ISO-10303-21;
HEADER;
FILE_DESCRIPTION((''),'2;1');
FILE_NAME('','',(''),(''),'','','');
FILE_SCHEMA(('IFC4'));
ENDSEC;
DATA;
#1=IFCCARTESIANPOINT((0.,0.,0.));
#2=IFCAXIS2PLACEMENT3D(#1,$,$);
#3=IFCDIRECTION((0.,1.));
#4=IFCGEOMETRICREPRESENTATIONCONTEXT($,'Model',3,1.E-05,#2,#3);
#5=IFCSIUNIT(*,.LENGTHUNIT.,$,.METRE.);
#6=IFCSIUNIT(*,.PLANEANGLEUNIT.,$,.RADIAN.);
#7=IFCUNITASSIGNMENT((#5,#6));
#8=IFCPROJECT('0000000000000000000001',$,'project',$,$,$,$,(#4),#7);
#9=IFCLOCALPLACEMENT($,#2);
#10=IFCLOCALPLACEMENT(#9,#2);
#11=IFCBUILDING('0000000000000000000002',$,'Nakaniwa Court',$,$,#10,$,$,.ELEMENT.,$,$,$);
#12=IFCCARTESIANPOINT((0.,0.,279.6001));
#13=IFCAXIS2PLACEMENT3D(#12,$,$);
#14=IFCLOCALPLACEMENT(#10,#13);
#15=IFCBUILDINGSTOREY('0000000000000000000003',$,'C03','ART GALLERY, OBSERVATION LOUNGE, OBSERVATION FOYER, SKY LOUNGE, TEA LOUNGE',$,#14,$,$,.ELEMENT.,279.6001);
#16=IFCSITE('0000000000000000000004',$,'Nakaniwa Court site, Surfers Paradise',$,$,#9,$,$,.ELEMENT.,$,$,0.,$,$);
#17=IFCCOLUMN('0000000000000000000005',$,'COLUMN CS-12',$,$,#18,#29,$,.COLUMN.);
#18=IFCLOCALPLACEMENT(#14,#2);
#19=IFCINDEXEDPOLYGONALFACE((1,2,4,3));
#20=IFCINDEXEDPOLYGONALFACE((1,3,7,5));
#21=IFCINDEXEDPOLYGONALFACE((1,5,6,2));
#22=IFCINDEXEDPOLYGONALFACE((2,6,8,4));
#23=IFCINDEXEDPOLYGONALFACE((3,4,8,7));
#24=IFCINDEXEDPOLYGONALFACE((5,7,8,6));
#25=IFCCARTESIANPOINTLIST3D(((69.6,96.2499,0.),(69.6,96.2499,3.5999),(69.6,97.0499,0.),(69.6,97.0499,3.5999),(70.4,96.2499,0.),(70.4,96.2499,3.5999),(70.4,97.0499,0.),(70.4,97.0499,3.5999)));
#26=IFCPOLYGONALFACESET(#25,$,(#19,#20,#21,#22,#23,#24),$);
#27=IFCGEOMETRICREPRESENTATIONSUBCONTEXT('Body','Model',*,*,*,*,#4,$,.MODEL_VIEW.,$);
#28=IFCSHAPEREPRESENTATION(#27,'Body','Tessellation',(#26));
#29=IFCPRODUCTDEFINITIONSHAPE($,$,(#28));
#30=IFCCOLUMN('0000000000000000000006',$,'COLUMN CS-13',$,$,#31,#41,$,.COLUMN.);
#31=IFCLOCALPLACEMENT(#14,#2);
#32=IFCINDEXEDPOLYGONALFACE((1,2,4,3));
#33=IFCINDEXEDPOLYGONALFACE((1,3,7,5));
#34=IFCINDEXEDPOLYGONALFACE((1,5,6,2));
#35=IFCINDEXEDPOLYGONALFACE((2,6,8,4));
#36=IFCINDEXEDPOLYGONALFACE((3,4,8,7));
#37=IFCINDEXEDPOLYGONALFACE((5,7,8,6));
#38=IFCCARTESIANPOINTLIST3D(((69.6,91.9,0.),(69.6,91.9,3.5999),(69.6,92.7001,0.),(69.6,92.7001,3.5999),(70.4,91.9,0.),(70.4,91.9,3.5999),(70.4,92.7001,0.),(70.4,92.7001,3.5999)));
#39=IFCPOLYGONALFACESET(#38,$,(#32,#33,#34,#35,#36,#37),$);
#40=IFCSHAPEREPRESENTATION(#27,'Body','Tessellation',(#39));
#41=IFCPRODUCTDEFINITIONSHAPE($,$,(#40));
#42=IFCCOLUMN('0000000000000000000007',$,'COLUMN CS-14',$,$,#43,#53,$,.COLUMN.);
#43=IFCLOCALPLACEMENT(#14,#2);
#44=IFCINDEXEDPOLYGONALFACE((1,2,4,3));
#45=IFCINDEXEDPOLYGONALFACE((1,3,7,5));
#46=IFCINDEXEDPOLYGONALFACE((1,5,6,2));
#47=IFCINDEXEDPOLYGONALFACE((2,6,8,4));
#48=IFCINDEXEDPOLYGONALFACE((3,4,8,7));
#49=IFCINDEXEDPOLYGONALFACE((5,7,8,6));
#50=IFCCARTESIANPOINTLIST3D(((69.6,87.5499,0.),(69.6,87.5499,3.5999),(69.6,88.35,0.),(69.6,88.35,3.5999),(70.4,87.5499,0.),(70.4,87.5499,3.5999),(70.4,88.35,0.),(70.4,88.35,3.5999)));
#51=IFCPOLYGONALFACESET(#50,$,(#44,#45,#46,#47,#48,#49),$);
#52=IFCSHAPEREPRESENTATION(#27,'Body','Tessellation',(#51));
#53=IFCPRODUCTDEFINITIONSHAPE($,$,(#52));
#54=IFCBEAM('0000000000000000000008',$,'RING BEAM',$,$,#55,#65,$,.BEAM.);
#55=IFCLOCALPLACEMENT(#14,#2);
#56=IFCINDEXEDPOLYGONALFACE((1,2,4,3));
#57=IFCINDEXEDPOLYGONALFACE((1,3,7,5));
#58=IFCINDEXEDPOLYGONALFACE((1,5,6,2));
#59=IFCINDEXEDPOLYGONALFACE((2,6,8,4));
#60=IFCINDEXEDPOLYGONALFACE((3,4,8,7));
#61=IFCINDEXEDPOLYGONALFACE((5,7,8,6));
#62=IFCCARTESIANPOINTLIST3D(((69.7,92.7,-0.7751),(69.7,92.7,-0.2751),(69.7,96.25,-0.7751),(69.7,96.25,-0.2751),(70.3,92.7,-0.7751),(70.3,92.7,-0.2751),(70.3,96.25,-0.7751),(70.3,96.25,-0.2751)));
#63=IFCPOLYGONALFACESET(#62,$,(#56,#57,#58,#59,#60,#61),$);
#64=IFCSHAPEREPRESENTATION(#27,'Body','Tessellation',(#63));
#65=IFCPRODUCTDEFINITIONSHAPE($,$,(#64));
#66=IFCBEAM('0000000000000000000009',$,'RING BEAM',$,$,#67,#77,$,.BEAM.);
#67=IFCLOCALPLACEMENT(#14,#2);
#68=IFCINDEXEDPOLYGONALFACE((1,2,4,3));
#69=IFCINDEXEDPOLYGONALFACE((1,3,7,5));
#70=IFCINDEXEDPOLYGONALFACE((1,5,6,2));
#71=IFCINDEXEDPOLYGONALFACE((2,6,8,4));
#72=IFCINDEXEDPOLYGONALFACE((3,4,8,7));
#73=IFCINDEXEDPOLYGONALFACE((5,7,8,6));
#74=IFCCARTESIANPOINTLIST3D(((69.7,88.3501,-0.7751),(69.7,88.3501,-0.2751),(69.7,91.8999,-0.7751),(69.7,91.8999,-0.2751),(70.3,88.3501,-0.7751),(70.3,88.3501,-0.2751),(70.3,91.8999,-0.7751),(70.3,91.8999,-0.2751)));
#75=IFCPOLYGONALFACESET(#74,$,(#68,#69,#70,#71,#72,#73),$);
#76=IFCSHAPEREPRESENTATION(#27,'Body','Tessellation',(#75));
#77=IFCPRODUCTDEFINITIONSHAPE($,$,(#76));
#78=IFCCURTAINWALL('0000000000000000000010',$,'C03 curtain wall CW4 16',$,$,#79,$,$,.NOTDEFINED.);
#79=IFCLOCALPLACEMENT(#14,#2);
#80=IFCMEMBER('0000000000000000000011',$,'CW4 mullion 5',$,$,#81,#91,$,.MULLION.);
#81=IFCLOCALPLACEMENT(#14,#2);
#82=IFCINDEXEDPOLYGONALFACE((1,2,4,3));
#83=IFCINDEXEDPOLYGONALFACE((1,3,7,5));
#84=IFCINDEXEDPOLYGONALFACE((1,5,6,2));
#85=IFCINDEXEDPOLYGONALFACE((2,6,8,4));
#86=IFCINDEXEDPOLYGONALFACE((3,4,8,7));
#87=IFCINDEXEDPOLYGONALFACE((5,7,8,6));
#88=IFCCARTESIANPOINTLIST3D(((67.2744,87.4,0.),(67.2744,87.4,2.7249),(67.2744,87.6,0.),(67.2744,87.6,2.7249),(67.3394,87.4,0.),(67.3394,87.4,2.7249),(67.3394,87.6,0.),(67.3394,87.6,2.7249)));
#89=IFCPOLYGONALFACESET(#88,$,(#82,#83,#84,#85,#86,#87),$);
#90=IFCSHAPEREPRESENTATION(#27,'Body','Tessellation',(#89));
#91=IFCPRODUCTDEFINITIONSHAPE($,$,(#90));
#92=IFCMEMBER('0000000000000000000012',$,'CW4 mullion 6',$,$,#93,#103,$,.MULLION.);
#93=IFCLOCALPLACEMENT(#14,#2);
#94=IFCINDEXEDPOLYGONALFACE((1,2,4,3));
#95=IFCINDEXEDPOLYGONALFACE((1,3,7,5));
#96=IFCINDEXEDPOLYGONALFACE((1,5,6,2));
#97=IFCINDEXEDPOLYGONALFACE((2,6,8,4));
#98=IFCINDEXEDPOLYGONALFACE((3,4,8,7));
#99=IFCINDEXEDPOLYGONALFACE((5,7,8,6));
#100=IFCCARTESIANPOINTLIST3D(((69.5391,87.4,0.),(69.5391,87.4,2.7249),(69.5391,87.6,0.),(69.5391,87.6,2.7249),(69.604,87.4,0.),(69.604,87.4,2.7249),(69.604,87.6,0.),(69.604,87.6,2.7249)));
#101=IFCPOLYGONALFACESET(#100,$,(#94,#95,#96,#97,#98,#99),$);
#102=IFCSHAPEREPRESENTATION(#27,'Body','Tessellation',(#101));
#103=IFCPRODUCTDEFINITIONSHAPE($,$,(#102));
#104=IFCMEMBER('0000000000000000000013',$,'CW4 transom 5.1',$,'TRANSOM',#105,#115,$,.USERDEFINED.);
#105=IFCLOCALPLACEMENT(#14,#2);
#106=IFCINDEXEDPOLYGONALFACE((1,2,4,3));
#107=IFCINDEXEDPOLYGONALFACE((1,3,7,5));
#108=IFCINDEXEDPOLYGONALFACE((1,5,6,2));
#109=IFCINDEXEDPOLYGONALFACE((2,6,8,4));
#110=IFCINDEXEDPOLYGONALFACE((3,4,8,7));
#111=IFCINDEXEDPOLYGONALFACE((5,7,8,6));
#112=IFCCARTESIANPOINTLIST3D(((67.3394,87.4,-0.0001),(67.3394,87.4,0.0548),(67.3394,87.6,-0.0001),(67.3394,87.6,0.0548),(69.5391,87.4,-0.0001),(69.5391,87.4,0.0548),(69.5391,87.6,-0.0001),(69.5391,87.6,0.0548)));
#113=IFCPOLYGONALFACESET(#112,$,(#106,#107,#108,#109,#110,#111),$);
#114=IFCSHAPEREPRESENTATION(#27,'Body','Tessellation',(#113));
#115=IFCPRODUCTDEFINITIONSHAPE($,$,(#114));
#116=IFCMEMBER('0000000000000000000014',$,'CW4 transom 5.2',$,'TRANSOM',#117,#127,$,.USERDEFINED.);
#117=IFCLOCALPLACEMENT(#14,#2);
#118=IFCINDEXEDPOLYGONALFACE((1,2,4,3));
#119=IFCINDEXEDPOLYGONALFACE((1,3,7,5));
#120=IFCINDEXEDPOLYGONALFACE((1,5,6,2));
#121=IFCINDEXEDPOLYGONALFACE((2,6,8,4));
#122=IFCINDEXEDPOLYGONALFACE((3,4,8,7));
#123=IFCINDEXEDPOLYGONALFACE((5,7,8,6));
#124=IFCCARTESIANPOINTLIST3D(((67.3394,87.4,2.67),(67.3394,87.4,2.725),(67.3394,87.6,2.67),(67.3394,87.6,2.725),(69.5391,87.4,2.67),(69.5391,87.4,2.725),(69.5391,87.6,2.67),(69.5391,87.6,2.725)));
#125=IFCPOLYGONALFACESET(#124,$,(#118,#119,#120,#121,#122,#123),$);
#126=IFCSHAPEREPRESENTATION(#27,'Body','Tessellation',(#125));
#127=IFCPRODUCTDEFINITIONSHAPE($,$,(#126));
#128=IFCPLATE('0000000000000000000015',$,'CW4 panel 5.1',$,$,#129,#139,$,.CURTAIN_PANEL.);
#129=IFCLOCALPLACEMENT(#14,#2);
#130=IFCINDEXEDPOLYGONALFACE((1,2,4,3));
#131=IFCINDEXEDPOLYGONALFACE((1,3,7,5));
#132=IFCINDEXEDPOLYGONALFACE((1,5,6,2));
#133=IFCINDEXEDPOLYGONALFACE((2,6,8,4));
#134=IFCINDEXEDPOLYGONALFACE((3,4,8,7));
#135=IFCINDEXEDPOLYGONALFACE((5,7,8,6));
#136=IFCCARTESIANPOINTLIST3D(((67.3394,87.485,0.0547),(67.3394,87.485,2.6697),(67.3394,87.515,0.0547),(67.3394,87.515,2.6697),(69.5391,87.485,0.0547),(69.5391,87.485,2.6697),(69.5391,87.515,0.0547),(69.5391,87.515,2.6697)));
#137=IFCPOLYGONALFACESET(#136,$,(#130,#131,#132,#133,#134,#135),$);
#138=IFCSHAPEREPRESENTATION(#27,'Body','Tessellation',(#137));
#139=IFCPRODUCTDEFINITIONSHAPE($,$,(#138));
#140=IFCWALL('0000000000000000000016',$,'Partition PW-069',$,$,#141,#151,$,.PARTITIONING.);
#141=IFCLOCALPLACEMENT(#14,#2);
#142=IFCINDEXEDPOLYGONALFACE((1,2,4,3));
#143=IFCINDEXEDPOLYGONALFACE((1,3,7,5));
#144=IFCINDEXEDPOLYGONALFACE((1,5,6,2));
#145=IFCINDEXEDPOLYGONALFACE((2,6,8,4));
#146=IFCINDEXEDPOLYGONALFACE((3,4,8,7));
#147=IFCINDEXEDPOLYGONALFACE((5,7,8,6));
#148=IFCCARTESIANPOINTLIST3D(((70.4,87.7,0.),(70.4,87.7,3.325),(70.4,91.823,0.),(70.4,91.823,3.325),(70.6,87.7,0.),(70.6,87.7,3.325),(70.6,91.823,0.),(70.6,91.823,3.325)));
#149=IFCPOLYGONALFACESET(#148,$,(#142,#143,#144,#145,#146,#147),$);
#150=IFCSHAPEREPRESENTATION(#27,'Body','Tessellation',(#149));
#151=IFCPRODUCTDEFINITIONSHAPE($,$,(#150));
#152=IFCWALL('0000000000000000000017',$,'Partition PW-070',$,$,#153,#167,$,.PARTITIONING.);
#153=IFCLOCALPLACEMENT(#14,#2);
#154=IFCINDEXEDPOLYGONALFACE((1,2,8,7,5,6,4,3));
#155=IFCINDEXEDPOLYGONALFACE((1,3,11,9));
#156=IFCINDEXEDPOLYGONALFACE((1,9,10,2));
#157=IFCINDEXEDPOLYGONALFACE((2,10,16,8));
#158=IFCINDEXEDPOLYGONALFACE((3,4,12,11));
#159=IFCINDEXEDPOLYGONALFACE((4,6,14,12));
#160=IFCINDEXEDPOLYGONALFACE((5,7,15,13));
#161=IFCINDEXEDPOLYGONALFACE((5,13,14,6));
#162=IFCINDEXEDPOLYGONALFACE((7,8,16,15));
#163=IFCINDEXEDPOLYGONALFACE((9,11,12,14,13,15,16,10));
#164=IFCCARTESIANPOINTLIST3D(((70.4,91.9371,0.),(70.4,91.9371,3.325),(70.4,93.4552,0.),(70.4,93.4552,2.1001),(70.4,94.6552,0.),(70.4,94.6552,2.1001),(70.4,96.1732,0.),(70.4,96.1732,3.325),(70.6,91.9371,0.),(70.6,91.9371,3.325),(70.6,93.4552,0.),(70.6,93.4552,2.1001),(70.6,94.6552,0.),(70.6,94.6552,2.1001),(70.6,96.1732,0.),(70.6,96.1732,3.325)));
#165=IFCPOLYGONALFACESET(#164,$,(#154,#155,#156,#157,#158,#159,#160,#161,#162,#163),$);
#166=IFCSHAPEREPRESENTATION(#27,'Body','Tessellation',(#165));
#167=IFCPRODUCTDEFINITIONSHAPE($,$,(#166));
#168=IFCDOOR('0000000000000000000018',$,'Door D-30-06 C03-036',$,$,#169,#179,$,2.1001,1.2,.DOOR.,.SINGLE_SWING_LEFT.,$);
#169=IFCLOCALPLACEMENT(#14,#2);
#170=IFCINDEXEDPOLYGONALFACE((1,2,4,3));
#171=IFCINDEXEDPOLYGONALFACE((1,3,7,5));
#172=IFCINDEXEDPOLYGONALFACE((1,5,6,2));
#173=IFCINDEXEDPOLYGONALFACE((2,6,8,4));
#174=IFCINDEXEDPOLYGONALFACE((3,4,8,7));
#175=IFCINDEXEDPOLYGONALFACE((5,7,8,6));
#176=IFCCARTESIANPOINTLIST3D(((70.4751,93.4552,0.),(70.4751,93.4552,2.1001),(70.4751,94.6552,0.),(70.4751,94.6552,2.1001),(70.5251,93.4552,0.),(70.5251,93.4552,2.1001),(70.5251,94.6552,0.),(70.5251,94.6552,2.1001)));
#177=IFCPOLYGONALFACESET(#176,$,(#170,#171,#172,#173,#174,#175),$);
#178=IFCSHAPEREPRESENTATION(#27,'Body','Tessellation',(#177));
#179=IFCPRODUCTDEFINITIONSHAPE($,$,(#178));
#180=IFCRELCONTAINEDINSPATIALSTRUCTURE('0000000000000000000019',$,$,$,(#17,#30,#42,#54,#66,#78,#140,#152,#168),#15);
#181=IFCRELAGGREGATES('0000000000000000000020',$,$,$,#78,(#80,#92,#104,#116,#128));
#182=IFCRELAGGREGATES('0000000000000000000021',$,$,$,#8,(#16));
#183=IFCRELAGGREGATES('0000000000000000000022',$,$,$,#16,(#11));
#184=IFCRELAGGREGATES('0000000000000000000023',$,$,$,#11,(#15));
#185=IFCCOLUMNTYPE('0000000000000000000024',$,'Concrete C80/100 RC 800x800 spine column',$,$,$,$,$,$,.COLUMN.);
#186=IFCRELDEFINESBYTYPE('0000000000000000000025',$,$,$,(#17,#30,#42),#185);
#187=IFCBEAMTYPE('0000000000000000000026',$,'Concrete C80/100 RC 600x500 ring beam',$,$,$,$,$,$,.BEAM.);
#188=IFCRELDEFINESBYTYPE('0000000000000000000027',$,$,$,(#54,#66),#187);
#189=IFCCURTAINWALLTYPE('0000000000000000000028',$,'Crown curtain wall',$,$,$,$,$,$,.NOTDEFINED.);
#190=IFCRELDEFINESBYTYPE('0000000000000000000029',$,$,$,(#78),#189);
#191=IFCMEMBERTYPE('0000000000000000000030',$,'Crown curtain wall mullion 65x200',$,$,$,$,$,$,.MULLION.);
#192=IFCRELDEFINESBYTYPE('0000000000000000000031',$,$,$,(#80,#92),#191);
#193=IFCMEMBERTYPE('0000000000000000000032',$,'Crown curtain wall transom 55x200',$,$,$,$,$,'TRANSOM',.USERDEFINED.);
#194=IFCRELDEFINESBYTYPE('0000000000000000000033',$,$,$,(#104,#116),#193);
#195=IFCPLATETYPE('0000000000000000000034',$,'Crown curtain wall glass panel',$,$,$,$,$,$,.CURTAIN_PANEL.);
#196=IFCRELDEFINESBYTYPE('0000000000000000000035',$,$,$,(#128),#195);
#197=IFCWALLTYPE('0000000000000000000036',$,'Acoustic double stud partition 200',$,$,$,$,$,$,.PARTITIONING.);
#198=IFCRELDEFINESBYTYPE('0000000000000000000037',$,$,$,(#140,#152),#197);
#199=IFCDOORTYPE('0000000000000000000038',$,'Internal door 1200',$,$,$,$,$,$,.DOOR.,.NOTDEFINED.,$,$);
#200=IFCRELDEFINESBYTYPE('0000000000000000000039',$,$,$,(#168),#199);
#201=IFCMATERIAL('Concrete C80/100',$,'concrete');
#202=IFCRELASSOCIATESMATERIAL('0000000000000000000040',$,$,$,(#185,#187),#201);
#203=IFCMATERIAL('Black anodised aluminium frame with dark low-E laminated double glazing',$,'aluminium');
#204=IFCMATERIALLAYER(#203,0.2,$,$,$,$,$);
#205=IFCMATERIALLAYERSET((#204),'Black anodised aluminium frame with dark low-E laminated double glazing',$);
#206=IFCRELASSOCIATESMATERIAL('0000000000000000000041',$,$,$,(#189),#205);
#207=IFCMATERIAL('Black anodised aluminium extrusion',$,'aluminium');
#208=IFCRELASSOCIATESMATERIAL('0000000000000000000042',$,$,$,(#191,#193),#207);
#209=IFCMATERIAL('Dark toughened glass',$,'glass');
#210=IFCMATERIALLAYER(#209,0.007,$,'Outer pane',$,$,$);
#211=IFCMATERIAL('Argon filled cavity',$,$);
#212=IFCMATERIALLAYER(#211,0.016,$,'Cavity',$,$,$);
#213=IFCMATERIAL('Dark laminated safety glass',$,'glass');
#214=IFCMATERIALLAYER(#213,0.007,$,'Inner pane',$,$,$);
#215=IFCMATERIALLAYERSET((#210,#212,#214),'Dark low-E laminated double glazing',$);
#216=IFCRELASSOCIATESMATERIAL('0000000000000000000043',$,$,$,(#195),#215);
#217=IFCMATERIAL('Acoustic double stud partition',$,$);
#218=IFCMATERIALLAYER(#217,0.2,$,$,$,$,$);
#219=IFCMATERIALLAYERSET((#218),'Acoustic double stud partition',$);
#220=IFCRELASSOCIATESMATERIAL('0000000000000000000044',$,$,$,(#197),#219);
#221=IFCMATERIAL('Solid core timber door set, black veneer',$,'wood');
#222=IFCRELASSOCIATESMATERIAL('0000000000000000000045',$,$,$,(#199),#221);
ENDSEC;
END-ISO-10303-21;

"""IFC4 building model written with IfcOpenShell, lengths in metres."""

from ifc_helpers import new_model, si_unit, direction, frame, frame_2d, origin, origin_2d, place, context, subcontext, project, spatial, rectangle, extrude, material, layer, layer_set, material_profile, profile_set, type_object, element, fill, aggregate, save


model = new_model("IFC4")

# Units and contexts
model_context = context("Model", 3, precision=1e-05, world=origin(), true_north=direction((0.0, 1.0)))
body_context = subcontext(model_context, "Body", "Model", "MODEL_VIEW")
ifc_project = project(units=[si_unit("LENGTHUNIT", "METRE"), si_unit("PLANEANGLEUNIT", "RADIAN")], contexts=[model_context])

# Site, building, storey
site_placement = place(None, origin())
site = spatial("IfcSite", under=ifc_project, at=site_placement, Name="Nakaniwa Court site, Surfers Paradise", CompositionType="ELEMENT", RefElevation=0.0)
building_placement = place(site_placement, origin())
building = spatial("IfcBuilding", under=site, at=building_placement, Name="Nakaniwa Court", CompositionType="ELEMENT")
storey_placement = place(building_placement, frame((0.0, 0.0, 279.6001)))
storey = spatial("IfcBuildingStorey", under=building, at=storey_placement, Name="C03", Description="ART GALLERY, OBSERVATION LOUNGE, OBSERVATION FOYER, SKY LOUNGE, TEA LOUNGE", CompositionType="ELEMENT", Elevation=279.6001)

# Columns
ifc_material_1 = material(Name="Concrete C80/100", Category="concrete")
ifc_material_profile_1 = material_profile(ifc_material_1, rectangle(XDim=0.8, YDim=0.8, at=origin_2d()), Name="Concrete C80/100 RC 800x800 spine column")
ifc_profile_set_1 = profile_set([ifc_material_profile_1], Name="Concrete C80/100")
column_type = type_object("IfcColumnType", Name="Concrete C80/100 RC 800x800 spine column", PredefinedType="COLUMN", material=ifc_profile_set_1)
for number, where, z_axis, x_axis, name in (
    (1, (70.0, 96.6499, 0.0), (0.0, 0.0, 1.0), (0.0, -1.0, 0.0), "COLUMN CS-12"),
    (2, (70.0, 92.3, 0.0), (0.0, 0.0, 1.0), (0.0, -1.0, 0.0), "COLUMN CS-13"),
    (3, (70.0, 87.95, 0.0), (0.0, 0.0, 1.0), (0.0, -1.0, 0.0), "COLUMN CS-14"),
):
    element("IfcColumn", number, at=place(storey_placement, frame(where, z_axis=z_axis, x_axis=x_axis)), inside=storey, type_object=column_type, Name=name, PredefinedType="COLUMN", context=body_context, shape_type="SweptSolid", body=[
        extrude(rectangle(XDim=0.8, YDim=0.8, at=origin_2d()), origin(), (0.0, 0.0, 1.0), 3.5999),
    ])

# Beams
ifc_material_profile_2 = material_profile(ifc_material_1, rectangle(XDim=0.6001, YDim=0.5, at=origin_2d()), Name="Concrete C80/100 RC 600x500 ring beam")
ifc_profile_set_2 = profile_set([ifc_material_profile_2], Name="Concrete C80/100")
beam_type = type_object("IfcBeamType", Name="Concrete C80/100 RC 600x500 ring beam", PredefinedType="BEAM", material=ifc_profile_set_2)
beam_1_placement = place(storey_placement, frame((70.0, 96.25, -0.5251), z_axis=(0.0, -1.0, 0.0), x_axis=(1.0, 0.0, 0.0)))
element("IfcBeam", 4, at=beam_1_placement, inside=storey, type_object=beam_type, Name="RING BEAM", PredefinedType="BEAM", context=body_context, shape_type="SweptSolid", body=[
    extrude(rectangle(XDim=0.6001, YDim=0.5, at=origin_2d()), origin(), (0.0, 0.0, 1.0), 3.55),
])
beam_2_placement = place(storey_placement, frame((70.0, 91.8999, -0.5251), z_axis=(0.0, -1.0, 0.0), x_axis=(1.0, 0.0, 0.0)))
element("IfcBeam", 5, at=beam_2_placement, inside=storey, type_object=beam_type, Name="RING BEAM", PredefinedType="BEAM", context=body_context, shape_type="SweptSolid", body=[
    extrude(rectangle(XDim=0.6001, YDim=0.5, at=origin_2d()), origin(), (0.0, 0.0, 1.0), 3.5498),
])

# Curtain wall, members, plate
ifc_material_2 = material(Name="Black anodised aluminium frame with dark low-E laminated double glazing", Category="aluminium")
ifc_layer_1 = layer(ifc_material_2, 0.2)
ifc_layer_set_1 = layer_set([ifc_layer_1], Name="Black anodised aluminium frame with dark low-E laminated double glazing")
curtain_wall_type = type_object("IfcCurtainWallType", Name="Crown curtain wall", PredefinedType="NOTDEFINED", material=ifc_layer_set_1)
curtain_wall_placement = place(storey_placement, origin())
curtain_wall = element("IfcCurtainWall", 6, at=curtain_wall_placement, inside=storey, type_object=curtain_wall_type, Name="C03 curtain wall CW4 16", PredefinedType="NOTDEFINED")
ifc_material_3 = material(Name="Black anodised aluminium extrusion", Category="aluminium")
ifc_material_profile_3 = material_profile(ifc_material_3, rectangle(XDim=0.2, YDim=0.0649, at=origin_2d()), Name="Crown curtain wall mullion 65x200")
ifc_profile_set_3 = profile_set([ifc_material_profile_3], Name="Black anodised aluminium extrusion")
member_type_1 = type_object("IfcMemberType", Name="Crown curtain wall mullion 65x200", PredefinedType="MULLION", material=ifc_profile_set_3)
member_1_placement = place(storey_placement, frame((67.3069, 87.5, 0.0), z_axis=(0.0, 0.0, 1.0), x_axis=(0.0, 1.0, 0.0)))
member_1 = element("IfcMember", 7, at=member_1_placement, type_object=member_type_1, Name="CW4 mullion 5", PredefinedType="MULLION", context=body_context, shape_type="SweptSolid", body=[
    extrude(rectangle(XDim=0.2, YDim=0.0649, at=origin_2d()), origin(), (0.0, 0.0, 1.0), 2.7249),
])
member_2_placement = place(storey_placement, frame((69.5715, 87.5, 0.0), z_axis=(0.0, 0.0, 1.0), x_axis=(0.0, 1.0, 0.0)))
member_2 = element("IfcMember", 8, at=member_2_placement, type_object=member_type_1, Name="CW4 mullion 6", PredefinedType="MULLION", context=body_context, shape_type="SweptSolid", body=[
    extrude(rectangle(XDim=0.2, YDim=0.0649, at=origin_2d()), origin(), (0.0, 0.0, 1.0), 2.7249),
])
ifc_material_profile_4 = material_profile(ifc_material_3, rectangle(XDim=0.2, YDim=0.0549, at=origin_2d()), Name="Crown curtain wall transom 55x200")
ifc_profile_set_4 = profile_set([ifc_material_profile_4], Name="Black anodised aluminium extrusion")
member_type_2 = type_object("IfcMemberType", Name="Crown curtain wall transom 55x200", ElementType="TRANSOM", PredefinedType="USERDEFINED", material=ifc_profile_set_4)
member_3_placement = place(storey_placement, frame((67.3394, 87.5, 0.0273), z_axis=(1.0, 0.0, 0.0), x_axis=(0.0, 1.0, 0.0)))
member_3 = element("IfcMember", 9, at=member_3_placement, type_object=member_type_2, Name="CW4 transom 5.1", ObjectType="TRANSOM", PredefinedType="USERDEFINED", context=body_context, shape_type="SweptSolid", body=[
    extrude(rectangle(XDim=0.2, YDim=0.0549, at=origin_2d()), origin(), (0.0, 0.0, 1.0), 2.1997),
])
member_4_placement = place(storey_placement, frame((67.3394, 87.5, 2.6975), z_axis=(1.0, 0.0, 0.0), x_axis=(0.0, 1.0, 0.0)))
member_4 = element("IfcMember", 10, at=member_4_placement, type_object=member_type_2, Name="CW4 transom 5.2", ObjectType="TRANSOM", PredefinedType="USERDEFINED", context=body_context, shape_type="SweptSolid", body=[
    extrude(rectangle(XDim=0.2, YDim=0.0549, at=origin_2d()), origin(), (0.0, 0.0, 1.0), 2.1997),
])
ifc_material_4 = material(Name="Dark toughened glass", Category="glass")
ifc_layer_2 = layer(ifc_material_4, 0.007, Name="Outer pane")
ifc_material_5 = material(Name="Argon filled cavity")
ifc_layer_3 = layer(ifc_material_5, 0.016, Name="Cavity")
ifc_material_6 = material(Name="Dark laminated safety glass", Category="glass")
ifc_layer_4 = layer(ifc_material_6, 0.007, Name="Inner pane")
ifc_layer_set_2 = layer_set([ifc_layer_2, ifc_layer_3, ifc_layer_4], Name="Dark low-E laminated double glazing")
plate_type = type_object("IfcPlateType", Name="Crown curtain wall glass panel", PredefinedType="CURTAIN_PANEL", material=ifc_layer_set_2)
plate_placement = place(storey_placement, frame((68.4392, 87.5, 0.0547), z_axis=(0.0, 0.0, 1.0), x_axis=(1.0, 0.0, 0.0)))
plate = element("IfcPlate", 11, at=plate_placement, type_object=plate_type, Name="CW4 panel 5.1", PredefinedType="CURTAIN_PANEL", context=body_context, shape_type="SweptSolid", body=[
    extrude(rectangle(XDim=2.1997, YDim=0.03, at=origin_2d()), origin(), (0.0, 0.0, 1.0), 2.615),
])
aggregate(curtain_wall, [member_1, member_2, member_3, member_4, plate])

# Wall
ifc_material_7 = material(Name="Acoustic double stud partition")
ifc_layer_5 = layer(ifc_material_7, 0.2)
ifc_layer_set_3 = layer_set([ifc_layer_5], Name="Acoustic double stud partition")
wall_type = type_object("IfcWallType", Name="Acoustic double stud partition 200", PredefinedType="PARTITIONING", material=ifc_layer_set_3)
wall_1_placement = place(storey_placement, frame((70.5, 87.7, 0.0), z_axis=(0.0, 0.0, 1.0), x_axis=(0.0, 1.0, 0.0)))
element("IfcWall", 12, at=wall_1_placement, inside=storey, type_object=wall_type, Name="Partition PW-069", PredefinedType="PARTITIONING", context=body_context, shape_type="SweptSolid", body=[
    extrude(rectangle(XDim=4.123, YDim=0.2, at=frame_2d((2.0615, 0.0))), origin(), (0.0, 0.0, 1.0), 3.325),
])

# Wall, opening, door
wall_2_placement = place(storey_placement, frame((70.5, 91.937, 0.0), z_axis=(0.0, 0.0, 1.0), x_axis=(0.0, 1.0, 0.0)))
wall_2 = element("IfcWall", 13, at=wall_2_placement, inside=storey, type_object=wall_type, Name="Partition PW-070", PredefinedType="PARTITIONING", context=body_context, shape_type="SweptSolid", body=[
    extrude(rectangle(XDim=4.2361, YDim=0.2, at=frame_2d((2.1182, 0.0))), origin(), (0.0, 0.0, 1.0), 3.325),
])
opening_placement = place(wall_2_placement, frame((1.5181, 0.0, 0.0)))
opening = element("IfcOpeningElement", 14, at=opening_placement, cuts=wall_2, PredefinedType="OPENING", context=body_context, shape_type="SweptSolid", body=[
    extrude(rectangle(XDim=1.2, YDim=2.1001, at=frame_2d((0.6001, 1.05))), frame((0.0, 0.1099, 0.0), z_axis=(0.0, -1.0, 0.0), x_axis=(1.0, 0.0, 0.0)), (0.0, 0.0, 1.0), 0.22),
])
ifc_material_8 = material(Name="Solid core timber door set, black veneer", Category="wood")
door_type = type_object("IfcDoorType", Name="Internal door 1200", OperationType="NOTDEFINED", PredefinedType="DOOR", material=ifc_material_8)
door_placement = place(opening_placement, origin())
door = element("IfcDoor", 15, at=door_placement, inside=storey, type_object=door_type, Name="Door D-30-06 C03-036", OperationType="SINGLE_SWING_LEFT", OverallHeight=2.1001, OverallWidth=1.2, PredefinedType="DOOR", context=body_context, shape_type="SweptSolid", body=[
    extrude(rectangle(XDim=1.2, YDim=2.1001, at=frame_2d((0.6001, 1.05))), frame((0.0, 0.0249, 0.0), z_axis=(0.0, -1.0, 0.0), x_axis=(1.0, 0.0, 0.0)), (0.0, 0.0, 1.0), 0.05),
])
fill(opening, door)

save(model, "model.ifc")
